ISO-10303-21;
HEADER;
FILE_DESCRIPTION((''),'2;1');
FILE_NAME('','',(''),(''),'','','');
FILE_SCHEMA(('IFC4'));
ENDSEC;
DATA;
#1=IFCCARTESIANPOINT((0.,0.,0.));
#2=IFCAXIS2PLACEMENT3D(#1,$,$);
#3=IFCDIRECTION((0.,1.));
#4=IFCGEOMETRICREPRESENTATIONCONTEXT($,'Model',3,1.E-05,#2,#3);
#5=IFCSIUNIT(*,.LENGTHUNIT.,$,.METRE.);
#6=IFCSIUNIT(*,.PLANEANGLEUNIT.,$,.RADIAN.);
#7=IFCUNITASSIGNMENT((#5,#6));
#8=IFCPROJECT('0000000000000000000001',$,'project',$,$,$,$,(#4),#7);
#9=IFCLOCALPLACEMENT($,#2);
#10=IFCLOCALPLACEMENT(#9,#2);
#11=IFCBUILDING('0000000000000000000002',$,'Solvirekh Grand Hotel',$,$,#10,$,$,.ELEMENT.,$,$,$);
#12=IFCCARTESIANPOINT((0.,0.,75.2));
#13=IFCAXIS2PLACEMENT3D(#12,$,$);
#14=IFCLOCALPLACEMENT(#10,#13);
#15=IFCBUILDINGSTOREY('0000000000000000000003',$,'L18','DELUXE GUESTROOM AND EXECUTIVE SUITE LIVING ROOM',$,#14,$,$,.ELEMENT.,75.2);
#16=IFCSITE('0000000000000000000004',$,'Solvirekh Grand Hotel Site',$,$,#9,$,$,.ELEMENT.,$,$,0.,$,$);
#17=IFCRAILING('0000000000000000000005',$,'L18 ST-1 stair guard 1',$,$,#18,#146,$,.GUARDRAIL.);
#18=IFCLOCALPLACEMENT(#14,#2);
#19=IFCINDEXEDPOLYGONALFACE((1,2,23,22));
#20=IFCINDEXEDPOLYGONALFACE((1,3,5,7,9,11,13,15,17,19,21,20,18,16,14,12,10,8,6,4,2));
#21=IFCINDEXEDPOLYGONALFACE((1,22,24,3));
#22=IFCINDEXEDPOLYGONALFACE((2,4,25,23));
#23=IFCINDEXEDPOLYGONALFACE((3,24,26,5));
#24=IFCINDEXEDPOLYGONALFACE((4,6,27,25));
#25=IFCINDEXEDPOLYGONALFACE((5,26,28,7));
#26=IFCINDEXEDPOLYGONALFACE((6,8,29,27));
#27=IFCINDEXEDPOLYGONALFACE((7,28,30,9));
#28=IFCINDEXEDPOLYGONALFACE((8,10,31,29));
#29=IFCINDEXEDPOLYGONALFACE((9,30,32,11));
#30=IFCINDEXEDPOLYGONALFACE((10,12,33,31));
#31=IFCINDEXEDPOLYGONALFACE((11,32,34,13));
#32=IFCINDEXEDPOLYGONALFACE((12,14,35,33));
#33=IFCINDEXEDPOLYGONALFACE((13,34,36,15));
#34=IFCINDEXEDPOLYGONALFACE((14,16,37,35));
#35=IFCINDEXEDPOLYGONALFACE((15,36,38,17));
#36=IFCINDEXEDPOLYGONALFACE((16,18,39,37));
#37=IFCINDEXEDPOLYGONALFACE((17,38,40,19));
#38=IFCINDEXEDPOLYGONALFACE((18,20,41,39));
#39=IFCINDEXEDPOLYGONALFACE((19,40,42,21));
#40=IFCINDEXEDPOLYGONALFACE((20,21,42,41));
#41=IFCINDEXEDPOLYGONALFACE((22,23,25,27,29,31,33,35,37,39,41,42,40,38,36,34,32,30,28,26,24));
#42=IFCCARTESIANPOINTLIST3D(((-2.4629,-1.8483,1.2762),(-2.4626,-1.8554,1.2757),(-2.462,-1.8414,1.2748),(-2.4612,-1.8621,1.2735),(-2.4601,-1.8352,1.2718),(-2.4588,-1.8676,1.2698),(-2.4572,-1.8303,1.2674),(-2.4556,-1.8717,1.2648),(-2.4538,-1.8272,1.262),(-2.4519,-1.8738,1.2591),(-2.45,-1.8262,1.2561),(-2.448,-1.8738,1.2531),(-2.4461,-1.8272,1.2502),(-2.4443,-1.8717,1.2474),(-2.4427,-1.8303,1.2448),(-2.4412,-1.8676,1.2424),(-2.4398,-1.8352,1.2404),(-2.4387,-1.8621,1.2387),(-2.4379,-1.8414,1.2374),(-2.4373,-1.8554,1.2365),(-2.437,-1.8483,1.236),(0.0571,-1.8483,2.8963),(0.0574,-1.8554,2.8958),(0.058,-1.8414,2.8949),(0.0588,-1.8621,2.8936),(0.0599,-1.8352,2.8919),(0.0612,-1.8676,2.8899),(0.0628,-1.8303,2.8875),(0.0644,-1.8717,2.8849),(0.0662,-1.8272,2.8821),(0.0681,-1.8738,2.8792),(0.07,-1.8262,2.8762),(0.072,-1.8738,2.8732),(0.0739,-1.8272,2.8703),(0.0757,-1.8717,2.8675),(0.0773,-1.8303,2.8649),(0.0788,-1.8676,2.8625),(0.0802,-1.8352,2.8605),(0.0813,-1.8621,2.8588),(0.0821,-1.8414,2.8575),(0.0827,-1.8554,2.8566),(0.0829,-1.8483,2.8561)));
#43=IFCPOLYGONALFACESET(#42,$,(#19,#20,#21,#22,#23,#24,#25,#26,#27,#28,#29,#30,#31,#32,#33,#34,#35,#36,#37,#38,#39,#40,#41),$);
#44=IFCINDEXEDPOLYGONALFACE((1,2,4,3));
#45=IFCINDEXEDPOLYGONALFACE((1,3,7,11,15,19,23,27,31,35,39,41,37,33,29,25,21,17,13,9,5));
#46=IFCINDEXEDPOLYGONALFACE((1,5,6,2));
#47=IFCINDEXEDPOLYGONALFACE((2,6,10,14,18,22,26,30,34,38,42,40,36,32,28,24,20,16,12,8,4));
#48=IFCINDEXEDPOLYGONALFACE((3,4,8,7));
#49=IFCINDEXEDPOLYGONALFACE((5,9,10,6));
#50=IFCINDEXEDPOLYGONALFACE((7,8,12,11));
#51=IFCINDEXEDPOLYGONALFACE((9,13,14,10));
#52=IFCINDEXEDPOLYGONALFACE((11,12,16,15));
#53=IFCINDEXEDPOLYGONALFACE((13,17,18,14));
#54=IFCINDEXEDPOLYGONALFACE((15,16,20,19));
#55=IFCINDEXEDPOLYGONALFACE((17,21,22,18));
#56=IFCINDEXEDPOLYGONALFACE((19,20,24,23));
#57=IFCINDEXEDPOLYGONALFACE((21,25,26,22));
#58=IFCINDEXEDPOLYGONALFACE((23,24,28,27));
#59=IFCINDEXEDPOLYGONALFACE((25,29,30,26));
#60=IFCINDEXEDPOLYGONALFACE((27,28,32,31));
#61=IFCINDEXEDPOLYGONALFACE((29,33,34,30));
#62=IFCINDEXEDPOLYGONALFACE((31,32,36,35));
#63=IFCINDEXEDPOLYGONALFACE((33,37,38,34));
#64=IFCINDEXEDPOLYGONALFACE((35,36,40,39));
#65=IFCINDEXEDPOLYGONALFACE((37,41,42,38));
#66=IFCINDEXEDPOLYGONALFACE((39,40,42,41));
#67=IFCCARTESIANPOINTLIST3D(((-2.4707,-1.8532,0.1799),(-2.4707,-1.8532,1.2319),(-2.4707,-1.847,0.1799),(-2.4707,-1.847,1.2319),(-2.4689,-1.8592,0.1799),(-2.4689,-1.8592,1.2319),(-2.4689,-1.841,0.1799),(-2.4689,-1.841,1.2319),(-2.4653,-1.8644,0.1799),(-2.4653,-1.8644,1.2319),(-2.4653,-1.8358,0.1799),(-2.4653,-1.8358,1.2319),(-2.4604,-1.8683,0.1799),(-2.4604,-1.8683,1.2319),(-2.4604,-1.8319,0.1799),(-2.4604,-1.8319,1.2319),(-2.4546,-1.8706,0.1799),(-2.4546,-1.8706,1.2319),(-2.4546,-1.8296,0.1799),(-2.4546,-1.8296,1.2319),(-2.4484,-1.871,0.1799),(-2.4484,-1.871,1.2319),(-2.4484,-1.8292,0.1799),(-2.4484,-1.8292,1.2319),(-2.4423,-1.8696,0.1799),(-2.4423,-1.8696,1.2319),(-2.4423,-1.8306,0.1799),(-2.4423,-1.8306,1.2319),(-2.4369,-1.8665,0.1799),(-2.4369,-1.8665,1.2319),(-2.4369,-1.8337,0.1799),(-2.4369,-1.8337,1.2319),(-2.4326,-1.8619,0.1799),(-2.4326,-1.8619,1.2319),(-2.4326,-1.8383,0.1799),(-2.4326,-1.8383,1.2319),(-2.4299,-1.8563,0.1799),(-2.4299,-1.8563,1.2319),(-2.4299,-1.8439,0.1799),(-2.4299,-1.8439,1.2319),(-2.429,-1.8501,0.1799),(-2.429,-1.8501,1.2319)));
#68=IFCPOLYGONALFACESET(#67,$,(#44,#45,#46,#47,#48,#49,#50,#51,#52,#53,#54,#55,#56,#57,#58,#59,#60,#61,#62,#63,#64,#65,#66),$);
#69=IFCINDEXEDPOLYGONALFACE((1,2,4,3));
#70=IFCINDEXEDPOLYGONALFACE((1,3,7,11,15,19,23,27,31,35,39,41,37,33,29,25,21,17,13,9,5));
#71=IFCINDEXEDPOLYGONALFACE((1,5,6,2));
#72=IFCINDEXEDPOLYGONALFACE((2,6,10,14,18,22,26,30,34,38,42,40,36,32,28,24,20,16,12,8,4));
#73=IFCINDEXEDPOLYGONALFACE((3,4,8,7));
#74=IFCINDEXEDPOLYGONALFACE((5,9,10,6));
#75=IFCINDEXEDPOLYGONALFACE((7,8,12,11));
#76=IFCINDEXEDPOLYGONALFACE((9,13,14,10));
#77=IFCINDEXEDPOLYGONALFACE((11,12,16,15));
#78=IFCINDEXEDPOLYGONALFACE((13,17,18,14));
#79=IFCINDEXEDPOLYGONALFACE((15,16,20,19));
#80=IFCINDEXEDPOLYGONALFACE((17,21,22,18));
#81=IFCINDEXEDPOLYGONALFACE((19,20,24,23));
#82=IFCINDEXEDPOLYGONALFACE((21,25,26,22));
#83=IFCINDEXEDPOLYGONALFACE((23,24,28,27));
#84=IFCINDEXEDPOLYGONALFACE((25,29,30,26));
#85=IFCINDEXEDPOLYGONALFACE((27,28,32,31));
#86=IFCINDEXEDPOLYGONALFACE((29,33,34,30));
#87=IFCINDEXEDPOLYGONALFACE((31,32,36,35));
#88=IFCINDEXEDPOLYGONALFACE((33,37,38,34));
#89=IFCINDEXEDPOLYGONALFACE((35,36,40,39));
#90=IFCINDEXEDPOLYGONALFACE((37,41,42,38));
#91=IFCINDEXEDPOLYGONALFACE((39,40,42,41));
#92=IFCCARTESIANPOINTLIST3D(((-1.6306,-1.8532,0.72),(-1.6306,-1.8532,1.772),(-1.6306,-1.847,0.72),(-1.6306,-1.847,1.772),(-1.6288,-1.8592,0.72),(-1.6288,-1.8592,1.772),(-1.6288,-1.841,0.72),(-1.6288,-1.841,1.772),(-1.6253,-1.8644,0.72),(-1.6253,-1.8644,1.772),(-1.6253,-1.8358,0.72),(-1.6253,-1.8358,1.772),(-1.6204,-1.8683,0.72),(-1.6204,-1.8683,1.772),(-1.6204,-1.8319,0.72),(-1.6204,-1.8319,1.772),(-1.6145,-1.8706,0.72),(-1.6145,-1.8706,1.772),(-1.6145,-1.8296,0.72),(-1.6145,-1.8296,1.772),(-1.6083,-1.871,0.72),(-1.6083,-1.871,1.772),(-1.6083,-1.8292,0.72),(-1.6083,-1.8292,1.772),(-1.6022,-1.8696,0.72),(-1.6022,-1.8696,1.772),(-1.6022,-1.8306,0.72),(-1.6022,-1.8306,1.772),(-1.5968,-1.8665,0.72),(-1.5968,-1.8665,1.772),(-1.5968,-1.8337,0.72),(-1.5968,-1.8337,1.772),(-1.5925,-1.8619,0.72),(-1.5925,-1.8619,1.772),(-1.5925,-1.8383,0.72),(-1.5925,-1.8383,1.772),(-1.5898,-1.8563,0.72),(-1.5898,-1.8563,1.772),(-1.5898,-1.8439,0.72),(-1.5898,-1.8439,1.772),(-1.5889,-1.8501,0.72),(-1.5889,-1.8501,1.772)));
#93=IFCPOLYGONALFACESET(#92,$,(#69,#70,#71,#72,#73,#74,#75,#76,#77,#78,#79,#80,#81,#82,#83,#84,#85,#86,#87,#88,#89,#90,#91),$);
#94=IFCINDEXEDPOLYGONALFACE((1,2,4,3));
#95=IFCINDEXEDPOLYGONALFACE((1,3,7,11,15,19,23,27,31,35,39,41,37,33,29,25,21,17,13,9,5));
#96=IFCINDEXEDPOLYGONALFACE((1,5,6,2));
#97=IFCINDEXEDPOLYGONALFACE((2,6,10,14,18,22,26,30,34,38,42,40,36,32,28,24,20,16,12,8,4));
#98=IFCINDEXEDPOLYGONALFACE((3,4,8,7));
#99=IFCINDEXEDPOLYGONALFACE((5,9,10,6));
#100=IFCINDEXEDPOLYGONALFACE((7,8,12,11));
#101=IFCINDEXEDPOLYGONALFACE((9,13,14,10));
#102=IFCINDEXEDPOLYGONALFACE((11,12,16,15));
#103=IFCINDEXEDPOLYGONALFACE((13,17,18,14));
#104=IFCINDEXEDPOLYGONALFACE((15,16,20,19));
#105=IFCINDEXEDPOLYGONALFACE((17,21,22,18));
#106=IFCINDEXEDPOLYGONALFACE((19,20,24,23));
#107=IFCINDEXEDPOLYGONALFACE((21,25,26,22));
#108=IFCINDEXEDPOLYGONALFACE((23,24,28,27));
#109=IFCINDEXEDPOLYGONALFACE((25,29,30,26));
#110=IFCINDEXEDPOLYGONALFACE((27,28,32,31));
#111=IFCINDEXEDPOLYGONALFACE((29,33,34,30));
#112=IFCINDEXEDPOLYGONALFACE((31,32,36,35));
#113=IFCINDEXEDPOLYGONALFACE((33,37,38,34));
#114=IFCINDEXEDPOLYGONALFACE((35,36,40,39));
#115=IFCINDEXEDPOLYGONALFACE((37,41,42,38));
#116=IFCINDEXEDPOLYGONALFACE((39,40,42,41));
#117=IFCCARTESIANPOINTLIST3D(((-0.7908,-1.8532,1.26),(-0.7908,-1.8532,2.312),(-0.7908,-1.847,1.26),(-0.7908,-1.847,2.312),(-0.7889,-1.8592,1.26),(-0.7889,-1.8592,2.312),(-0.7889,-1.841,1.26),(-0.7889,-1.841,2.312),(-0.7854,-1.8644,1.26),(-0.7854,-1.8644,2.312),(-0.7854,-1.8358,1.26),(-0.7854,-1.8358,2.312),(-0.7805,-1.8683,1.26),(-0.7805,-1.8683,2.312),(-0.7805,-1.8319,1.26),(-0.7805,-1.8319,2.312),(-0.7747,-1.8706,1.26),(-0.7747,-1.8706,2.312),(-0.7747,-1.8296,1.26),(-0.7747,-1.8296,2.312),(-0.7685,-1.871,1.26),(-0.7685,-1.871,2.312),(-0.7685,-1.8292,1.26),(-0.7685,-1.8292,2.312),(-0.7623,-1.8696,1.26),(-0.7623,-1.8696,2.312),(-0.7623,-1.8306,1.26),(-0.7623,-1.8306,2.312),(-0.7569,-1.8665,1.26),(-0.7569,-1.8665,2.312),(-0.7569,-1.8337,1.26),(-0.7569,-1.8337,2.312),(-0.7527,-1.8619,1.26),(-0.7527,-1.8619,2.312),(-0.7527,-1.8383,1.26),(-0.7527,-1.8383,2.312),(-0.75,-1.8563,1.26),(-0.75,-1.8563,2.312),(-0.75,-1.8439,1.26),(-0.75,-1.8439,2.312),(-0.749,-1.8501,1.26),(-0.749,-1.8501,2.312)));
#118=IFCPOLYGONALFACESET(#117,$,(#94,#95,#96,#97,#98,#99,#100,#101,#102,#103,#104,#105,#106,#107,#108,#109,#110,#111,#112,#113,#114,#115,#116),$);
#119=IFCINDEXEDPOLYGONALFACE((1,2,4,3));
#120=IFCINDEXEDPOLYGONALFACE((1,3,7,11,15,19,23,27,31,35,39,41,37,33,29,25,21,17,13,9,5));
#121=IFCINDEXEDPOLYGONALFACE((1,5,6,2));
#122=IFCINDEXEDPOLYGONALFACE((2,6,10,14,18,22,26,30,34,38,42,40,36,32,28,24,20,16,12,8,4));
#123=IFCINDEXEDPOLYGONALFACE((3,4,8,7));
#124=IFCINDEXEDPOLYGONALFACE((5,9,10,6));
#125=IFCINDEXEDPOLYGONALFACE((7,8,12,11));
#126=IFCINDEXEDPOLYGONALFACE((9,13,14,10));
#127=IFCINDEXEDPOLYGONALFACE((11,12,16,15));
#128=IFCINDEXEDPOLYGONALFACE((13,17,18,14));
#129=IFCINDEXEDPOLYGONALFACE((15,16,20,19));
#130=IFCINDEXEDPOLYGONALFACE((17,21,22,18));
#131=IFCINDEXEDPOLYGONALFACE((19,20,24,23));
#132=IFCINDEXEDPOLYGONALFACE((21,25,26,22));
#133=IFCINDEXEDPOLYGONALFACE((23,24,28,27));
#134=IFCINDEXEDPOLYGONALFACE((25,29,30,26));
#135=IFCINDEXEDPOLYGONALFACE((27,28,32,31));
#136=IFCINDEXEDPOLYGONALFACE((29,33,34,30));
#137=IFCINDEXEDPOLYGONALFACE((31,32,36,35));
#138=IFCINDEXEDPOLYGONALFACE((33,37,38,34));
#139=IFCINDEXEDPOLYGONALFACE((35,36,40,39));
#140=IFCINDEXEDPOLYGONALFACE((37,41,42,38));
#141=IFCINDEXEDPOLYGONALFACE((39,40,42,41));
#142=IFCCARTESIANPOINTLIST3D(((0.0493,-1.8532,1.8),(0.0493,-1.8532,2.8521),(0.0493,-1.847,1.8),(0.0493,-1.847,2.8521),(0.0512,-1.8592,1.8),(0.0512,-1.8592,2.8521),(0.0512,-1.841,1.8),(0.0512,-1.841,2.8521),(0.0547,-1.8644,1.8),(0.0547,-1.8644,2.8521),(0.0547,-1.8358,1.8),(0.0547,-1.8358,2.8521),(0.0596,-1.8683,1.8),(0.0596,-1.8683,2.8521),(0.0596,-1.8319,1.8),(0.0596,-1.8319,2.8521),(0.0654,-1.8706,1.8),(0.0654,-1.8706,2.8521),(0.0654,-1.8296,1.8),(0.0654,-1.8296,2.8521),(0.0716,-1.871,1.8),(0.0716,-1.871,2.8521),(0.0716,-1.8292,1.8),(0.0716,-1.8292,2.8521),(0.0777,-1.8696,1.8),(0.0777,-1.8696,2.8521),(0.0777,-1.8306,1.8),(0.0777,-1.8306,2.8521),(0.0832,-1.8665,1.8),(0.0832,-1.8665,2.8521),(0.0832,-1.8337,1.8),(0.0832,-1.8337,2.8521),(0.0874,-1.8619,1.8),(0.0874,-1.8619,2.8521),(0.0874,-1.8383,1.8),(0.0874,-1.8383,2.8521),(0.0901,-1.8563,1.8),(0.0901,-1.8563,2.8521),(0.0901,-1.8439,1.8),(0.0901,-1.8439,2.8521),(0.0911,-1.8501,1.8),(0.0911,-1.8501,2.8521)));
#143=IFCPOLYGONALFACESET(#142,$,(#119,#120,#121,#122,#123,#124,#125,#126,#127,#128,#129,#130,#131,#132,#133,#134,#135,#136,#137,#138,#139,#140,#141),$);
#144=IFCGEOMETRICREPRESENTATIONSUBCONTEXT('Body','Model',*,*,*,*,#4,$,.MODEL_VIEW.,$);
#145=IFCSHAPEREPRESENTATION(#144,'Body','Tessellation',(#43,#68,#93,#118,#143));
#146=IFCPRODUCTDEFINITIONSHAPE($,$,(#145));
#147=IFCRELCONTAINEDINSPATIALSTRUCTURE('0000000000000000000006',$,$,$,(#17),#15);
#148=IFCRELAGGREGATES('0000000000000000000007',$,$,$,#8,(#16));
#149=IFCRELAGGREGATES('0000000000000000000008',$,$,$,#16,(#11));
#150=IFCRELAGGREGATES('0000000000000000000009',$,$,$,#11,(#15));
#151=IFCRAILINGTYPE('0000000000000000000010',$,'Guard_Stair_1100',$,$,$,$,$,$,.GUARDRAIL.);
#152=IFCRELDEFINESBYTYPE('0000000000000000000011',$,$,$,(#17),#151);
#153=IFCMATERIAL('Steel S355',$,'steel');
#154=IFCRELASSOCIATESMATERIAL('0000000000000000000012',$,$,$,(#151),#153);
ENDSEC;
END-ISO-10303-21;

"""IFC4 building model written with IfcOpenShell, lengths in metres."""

from ifc_helpers import new_model, si_unit, direction, frame, origin, origin_2d, place, context, subcontext, project, spatial, circle, extrude, material, type_object, element, save


model = new_model("IFC4")

# Units and contexts
model_context = context("Model", 3, precision=1e-05, world=origin(), true_north=direction((0.0, 1.0)))
body_context = subcontext(model_context, "Body", "Model", "MODEL_VIEW")
ifc_project = project(units=[si_unit("LENGTHUNIT", "METRE"), si_unit("PLANEANGLEUNIT", "RADIAN")], contexts=[model_context])

# Site, building, storey
site_placement = place(None, origin())
site = spatial("IfcSite", under=ifc_project, at=site_placement, Name="Solvirekh Grand Hotel Site", CompositionType="ELEMENT", RefElevation=0.0)
building_placement = place(site_placement, origin())
building = spatial("IfcBuilding", under=site, at=building_placement, Name="Solvirekh Grand Hotel", CompositionType="ELEMENT")
storey_placement = place(building_placement, frame((0.0, 0.0, 75.2)))
storey = spatial("IfcBuildingStorey", under=building, at=storey_placement, Name="L18", Description="DELUXE GUESTROOM AND EXECUTIVE SUITE LIVING ROOM", CompositionType="ELEMENT", Elevation=75.2)

# Railing
ifc_material_1 = material(Name="Steel S355", Category="steel")
railing_type_1 = type_object("IfcRailingType", Name="Guard_Stair_1100", PredefinedType="GUARDRAIL", material=ifc_material_1)
railing_1_placement = place(storey_placement, frame((-2.45, -1.8501, 0.1799)))
element("IfcRailing", 1, at=railing_1_placement, inside=storey, type_object=railing_type_1, Name="L18 ST-1 stair guard 1", PredefinedType="GUARDRAIL", context=body_context, shape_type="SweptSolid", body=[
    extrude(circle(Radius=0.0239, at=origin_2d()), frame((0.0, 0.0, 1.0762), z_axis=(0.841163, 0.0, 0.540782), x_axis=(0.0, 1.0, 0.0)), (0.0, 0.0, 1.0), 2.9958),
    extrude(circle(Radius=0.021, at=origin_2d()), origin(), (0.0, 0.0, 1.0), 1.052),
    extrude(circle(Radius=0.021, at=origin_2d()), frame((0.8401, 0.0, 0.54)), (0.0, 0.0, 1.0), 1.052),
    extrude(circle(Radius=0.021, at=origin_2d()), frame((1.6799, 0.0, 1.0801)), (0.0, 0.0, 1.0), 1.052),
    extrude(circle(Radius=0.021, at=origin_2d()), frame((2.52, 0.0, 1.6201)), (0.0, 0.0, 1.0), 1.052),
])

save(model, "model.ifc")
